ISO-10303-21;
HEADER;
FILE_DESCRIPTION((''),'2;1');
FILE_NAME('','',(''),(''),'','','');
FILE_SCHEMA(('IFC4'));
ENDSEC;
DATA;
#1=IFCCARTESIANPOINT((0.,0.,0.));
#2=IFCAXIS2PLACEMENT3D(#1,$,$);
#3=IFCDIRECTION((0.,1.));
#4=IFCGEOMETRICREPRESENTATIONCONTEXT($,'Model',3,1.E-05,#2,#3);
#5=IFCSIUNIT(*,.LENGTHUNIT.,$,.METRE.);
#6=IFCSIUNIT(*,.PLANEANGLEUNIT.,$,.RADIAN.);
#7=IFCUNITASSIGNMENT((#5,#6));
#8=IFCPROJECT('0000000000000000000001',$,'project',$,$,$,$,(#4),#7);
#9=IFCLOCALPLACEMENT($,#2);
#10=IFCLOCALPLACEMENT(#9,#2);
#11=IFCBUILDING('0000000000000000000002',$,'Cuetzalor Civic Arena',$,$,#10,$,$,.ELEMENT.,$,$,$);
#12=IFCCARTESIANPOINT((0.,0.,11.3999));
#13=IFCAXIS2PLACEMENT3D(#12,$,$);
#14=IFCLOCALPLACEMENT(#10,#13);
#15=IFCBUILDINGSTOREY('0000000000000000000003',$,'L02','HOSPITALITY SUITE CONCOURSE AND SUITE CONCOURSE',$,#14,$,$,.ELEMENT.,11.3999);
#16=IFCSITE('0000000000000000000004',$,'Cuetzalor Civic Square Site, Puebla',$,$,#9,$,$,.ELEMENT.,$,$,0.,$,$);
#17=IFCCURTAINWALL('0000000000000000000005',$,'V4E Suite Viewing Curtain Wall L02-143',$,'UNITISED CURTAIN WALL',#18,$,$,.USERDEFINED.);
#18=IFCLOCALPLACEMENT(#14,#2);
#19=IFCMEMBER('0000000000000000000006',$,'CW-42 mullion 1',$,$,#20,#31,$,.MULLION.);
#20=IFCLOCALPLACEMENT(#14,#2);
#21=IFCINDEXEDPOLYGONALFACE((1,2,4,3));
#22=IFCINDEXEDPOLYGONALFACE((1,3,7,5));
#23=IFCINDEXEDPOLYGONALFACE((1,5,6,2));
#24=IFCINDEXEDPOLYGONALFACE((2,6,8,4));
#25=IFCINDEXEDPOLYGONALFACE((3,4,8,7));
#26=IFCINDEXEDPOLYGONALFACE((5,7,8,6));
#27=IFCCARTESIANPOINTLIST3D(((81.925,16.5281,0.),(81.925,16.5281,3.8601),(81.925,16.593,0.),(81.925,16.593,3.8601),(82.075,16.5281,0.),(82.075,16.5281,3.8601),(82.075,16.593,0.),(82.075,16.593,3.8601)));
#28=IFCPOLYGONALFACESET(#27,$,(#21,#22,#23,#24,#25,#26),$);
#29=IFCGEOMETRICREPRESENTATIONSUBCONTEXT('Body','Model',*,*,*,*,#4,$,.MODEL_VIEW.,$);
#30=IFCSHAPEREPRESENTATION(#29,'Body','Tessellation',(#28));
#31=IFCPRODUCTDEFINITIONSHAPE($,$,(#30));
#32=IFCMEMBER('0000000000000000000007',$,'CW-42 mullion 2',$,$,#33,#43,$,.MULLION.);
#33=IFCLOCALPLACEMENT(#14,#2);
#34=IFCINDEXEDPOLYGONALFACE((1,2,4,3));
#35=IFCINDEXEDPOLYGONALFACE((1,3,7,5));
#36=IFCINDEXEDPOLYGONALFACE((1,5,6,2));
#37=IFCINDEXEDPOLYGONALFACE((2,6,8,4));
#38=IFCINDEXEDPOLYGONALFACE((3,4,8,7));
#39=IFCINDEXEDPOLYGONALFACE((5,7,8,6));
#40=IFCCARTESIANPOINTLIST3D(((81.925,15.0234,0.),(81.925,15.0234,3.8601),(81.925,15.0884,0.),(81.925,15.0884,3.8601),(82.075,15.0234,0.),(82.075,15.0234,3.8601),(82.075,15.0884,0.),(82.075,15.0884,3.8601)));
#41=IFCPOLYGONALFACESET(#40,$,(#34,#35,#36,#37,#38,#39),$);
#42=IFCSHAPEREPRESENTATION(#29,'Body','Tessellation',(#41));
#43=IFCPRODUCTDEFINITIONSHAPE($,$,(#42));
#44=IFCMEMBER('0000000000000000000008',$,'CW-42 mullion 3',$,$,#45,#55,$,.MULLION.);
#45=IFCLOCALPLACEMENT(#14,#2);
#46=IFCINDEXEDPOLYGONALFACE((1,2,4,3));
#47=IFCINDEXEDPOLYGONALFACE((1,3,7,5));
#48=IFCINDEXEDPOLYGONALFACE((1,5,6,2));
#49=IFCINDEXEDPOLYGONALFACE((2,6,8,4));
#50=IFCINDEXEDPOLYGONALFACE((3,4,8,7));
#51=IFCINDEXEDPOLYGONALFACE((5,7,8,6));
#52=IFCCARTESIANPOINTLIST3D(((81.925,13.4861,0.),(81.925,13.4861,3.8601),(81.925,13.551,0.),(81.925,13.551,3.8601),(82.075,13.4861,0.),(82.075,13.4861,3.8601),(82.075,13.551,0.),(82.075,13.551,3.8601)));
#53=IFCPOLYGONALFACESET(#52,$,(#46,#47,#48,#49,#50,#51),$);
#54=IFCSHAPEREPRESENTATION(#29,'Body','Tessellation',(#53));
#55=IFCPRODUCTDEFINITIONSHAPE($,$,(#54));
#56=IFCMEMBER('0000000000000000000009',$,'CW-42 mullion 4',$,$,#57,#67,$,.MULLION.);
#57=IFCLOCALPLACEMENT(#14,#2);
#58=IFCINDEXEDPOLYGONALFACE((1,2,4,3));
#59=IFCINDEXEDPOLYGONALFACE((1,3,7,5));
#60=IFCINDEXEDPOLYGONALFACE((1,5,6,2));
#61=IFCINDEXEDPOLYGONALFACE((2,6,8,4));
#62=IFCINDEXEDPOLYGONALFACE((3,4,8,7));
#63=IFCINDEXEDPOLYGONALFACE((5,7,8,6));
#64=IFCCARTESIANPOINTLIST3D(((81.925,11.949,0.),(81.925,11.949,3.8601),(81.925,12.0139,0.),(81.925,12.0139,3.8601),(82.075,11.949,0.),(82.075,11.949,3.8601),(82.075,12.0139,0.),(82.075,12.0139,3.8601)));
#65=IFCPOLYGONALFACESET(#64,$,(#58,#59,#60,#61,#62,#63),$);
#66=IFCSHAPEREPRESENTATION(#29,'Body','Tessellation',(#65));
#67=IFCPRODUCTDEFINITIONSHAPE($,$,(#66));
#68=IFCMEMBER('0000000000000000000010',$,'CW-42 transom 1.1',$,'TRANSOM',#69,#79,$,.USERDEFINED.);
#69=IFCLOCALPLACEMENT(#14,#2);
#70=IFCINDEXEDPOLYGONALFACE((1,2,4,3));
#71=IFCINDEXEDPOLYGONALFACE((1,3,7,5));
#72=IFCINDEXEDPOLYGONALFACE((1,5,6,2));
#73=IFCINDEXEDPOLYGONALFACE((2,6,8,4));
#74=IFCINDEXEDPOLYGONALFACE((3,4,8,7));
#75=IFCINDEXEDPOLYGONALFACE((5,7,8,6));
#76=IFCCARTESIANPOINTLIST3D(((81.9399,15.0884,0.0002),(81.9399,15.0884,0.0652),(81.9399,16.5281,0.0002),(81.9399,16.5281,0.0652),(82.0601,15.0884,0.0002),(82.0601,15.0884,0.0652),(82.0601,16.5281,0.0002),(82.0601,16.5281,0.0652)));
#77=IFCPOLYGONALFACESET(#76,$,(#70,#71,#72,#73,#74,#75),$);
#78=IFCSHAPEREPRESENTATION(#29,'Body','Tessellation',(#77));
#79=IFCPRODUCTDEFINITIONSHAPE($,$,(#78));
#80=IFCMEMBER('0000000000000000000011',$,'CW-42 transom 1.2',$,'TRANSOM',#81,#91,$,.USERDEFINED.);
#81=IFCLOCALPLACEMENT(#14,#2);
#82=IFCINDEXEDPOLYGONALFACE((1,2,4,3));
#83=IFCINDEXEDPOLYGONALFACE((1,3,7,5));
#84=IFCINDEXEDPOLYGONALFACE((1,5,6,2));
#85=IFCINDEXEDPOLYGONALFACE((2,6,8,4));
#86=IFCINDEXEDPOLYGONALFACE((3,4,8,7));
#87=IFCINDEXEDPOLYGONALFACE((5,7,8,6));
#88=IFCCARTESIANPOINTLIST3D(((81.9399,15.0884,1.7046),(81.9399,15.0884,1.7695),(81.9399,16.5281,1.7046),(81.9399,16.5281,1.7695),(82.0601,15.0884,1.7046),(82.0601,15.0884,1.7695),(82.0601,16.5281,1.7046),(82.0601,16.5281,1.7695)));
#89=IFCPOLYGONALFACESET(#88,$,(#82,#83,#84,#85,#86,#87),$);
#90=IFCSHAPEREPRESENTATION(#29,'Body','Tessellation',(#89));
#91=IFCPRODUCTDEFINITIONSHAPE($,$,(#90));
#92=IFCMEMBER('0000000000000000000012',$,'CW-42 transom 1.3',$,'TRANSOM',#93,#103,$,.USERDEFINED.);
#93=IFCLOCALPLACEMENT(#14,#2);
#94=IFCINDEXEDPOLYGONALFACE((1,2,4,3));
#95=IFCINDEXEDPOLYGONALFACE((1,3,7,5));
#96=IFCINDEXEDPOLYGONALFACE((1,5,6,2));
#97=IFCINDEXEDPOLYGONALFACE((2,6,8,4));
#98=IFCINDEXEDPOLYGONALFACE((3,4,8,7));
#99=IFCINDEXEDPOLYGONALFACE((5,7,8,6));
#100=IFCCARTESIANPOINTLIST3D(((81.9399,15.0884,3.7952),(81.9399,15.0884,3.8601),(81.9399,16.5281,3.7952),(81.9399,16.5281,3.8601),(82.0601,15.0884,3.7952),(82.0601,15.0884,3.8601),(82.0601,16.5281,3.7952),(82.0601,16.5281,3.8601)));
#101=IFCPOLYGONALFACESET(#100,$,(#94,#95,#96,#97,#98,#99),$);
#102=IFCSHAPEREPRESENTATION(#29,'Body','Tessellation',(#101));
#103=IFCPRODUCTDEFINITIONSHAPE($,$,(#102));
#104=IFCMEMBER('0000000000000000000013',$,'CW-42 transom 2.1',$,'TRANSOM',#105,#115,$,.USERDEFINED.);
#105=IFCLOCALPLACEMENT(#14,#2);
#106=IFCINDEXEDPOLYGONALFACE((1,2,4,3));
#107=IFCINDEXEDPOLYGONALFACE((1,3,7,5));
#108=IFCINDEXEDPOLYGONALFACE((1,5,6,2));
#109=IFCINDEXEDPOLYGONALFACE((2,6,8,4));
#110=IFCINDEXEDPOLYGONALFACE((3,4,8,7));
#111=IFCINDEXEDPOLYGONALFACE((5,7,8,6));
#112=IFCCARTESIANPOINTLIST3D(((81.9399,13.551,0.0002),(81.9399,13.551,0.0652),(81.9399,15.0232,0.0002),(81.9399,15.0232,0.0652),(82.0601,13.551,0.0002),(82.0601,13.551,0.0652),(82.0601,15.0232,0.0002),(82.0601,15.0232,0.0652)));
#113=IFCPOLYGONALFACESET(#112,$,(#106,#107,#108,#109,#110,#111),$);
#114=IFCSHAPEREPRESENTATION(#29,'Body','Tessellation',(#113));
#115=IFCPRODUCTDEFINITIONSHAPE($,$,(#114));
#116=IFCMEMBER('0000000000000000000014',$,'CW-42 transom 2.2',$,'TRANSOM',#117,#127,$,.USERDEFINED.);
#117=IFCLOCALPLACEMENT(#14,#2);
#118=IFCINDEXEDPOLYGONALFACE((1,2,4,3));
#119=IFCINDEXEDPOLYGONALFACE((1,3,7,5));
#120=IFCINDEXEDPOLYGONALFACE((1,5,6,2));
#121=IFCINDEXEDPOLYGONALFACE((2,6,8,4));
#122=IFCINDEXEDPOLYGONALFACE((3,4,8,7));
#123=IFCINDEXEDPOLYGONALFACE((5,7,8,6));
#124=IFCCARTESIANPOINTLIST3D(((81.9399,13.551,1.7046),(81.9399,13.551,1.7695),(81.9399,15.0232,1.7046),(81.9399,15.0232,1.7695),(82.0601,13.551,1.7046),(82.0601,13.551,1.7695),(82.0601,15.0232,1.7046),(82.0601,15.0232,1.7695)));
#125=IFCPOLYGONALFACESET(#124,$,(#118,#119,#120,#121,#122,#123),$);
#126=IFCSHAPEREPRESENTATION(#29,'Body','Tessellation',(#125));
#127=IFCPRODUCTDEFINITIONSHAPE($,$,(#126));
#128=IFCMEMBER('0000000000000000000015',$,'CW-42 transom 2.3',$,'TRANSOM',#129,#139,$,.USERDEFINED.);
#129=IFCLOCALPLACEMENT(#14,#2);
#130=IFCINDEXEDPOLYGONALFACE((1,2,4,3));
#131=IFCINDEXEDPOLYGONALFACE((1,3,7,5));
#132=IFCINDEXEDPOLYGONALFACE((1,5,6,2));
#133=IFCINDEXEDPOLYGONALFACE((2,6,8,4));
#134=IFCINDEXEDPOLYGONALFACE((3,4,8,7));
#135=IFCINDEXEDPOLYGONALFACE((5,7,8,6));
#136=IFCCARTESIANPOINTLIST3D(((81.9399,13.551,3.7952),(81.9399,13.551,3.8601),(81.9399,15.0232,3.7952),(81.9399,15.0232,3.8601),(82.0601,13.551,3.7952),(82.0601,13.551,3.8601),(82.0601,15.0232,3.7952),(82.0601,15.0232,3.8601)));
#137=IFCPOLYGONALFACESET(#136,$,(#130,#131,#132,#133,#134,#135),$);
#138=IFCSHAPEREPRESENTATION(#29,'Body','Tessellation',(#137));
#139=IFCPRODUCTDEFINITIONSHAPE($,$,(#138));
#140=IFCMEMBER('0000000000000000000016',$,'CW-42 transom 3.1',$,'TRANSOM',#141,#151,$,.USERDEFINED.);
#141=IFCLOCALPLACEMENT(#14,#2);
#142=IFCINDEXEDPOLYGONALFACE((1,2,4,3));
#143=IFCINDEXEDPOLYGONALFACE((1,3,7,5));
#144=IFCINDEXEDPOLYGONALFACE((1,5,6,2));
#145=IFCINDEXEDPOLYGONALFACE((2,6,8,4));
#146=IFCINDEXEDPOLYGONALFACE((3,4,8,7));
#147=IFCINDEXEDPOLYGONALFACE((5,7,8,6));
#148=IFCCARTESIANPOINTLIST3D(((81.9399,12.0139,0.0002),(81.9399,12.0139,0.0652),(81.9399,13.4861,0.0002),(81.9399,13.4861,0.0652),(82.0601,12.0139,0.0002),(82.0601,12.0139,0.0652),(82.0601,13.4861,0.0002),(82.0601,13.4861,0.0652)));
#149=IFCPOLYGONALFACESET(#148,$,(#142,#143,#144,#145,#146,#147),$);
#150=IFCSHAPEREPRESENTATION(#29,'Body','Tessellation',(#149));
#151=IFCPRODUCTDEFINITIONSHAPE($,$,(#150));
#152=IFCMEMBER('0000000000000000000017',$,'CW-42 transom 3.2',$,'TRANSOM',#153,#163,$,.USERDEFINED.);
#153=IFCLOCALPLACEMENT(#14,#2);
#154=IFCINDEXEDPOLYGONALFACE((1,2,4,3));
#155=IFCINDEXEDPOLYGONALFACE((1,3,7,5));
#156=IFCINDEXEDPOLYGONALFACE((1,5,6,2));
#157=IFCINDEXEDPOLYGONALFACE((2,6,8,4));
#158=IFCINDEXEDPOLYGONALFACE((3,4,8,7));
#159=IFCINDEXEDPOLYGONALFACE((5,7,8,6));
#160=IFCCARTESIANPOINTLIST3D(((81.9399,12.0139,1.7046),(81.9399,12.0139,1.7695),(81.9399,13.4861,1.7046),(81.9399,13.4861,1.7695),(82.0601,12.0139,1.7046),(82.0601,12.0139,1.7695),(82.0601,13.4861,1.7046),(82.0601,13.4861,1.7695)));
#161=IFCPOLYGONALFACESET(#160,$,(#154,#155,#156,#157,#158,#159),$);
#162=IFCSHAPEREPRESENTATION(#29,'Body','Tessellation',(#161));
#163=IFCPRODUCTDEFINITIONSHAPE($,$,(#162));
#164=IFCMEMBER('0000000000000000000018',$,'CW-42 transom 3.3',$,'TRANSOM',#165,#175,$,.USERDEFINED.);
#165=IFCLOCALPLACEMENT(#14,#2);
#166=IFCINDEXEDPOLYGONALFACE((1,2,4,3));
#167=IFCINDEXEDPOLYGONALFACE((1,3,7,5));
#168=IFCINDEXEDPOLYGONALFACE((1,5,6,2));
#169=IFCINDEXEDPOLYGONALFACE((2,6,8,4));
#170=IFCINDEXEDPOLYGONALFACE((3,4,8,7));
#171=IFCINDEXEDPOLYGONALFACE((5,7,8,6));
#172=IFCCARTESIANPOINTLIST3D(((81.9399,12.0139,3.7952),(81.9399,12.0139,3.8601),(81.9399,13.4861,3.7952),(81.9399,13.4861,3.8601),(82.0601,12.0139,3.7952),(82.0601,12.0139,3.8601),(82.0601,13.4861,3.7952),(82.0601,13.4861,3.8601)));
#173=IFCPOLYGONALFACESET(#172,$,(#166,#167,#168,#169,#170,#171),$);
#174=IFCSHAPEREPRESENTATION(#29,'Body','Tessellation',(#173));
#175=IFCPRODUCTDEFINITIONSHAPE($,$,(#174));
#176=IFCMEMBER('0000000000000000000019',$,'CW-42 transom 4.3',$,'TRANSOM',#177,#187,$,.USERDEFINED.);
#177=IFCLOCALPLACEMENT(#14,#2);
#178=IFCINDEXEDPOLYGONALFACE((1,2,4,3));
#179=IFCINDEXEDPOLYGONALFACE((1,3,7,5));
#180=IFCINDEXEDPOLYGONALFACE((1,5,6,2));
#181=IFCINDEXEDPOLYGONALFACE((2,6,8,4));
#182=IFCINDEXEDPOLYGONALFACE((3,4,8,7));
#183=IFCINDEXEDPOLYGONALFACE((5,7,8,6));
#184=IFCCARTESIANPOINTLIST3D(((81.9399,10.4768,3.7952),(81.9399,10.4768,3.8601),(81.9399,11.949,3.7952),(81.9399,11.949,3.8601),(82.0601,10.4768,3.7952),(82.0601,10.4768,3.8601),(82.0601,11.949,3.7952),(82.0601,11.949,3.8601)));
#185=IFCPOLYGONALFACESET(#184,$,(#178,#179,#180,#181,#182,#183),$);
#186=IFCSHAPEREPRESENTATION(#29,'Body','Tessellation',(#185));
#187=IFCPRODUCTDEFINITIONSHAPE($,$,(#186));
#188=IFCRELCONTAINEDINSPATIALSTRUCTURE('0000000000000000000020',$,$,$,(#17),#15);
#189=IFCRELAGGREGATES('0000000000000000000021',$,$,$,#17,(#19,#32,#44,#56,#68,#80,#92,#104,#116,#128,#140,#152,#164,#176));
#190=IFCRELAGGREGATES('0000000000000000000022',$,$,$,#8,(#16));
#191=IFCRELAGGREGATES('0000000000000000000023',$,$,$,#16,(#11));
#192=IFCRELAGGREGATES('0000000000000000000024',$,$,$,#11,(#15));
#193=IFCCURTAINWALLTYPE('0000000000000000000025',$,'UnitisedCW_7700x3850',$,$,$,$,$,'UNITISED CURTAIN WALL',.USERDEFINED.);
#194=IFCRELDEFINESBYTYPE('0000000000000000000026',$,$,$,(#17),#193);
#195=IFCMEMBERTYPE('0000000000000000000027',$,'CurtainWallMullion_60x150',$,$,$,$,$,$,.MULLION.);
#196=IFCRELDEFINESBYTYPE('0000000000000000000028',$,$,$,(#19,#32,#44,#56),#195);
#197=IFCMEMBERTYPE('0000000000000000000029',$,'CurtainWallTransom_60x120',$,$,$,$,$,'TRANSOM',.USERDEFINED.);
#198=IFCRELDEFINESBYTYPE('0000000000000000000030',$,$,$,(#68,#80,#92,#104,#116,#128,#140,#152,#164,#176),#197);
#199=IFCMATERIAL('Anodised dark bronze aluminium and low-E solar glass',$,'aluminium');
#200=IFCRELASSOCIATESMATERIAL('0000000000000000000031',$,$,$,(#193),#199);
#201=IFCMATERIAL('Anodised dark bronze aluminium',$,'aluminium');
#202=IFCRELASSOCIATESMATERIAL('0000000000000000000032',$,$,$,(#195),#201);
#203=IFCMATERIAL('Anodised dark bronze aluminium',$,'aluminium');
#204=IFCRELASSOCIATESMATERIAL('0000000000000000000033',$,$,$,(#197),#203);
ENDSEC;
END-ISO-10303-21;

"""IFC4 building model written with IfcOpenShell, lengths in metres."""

from ifc_helpers import new_model, si_unit, direction, frame, origin, origin_2d, place, context, subcontext, project, spatial, rectangle, extrude, material, material_profile, profile_set, type_object, element, aggregate, save


model = new_model("IFC4")

# Units and contexts
model_context = context("Model", 3, precision=1e-05, world=origin(), true_north=direction((0.0, 1.0)))
body_context = subcontext(model_context, "Body", "Model", "MODEL_VIEW")
ifc_project = project(units=[si_unit("LENGTHUNIT", "METRE"), si_unit("PLANEANGLEUNIT", "RADIAN")], contexts=[model_context])

# Site, building, storey
site_placement = place(None, origin())
site = spatial("IfcSite", under=ifc_project, at=site_placement, Name="Cuetzalor Civic Square Site, Puebla", CompositionType="ELEMENT", RefElevation=0.0)
building_placement = place(site_placement, origin())
building = spatial("IfcBuilding", under=site, at=building_placement, Name="Cuetzalor Civic Arena", CompositionType="ELEMENT")
storey_placement = place(building_placement, frame((0.0, 0.0, 11.3999)))
storey = spatial("IfcBuildingStorey", under=building, at=storey_placement, Name="L02", Description="HOSPITALITY SUITE CONCOURSE AND SUITE CONCOURSE", CompositionType="ELEMENT", Elevation=11.3999)

# Curtain wall, members
ifc_material_1 = material(Name="Anodised dark bronze aluminium and low-E solar glass", Category="aluminium")
curtain_wall_type = type_object("IfcCurtainWallType", Name="UnitisedCW_7700x3850", ElementType="UNITISED CURTAIN WALL", PredefinedType="USERDEFINED", material=ifc_material_1)
curtain_wall_placement = place(storey_placement, origin())
curtain_wall = element("IfcCurtainWall", 1, at=curtain_wall_placement, inside=storey, type_object=curtain_wall_type, Name="V4E Suite Viewing Curtain Wall L02-143", ObjectType="UNITISED CURTAIN WALL", PredefinedType="USERDEFINED")
ifc_material_2 = material(Name="Anodised dark bronze aluminium", Category="aluminium")
ifc_material_profile_1 = material_profile(ifc_material_2, rectangle(XDim=0.0649, YDim=0.1499, at=origin_2d()), Name="ALU MULLION 65x150")
ifc_profile_set_1 = profile_set([ifc_material_profile_1], Name="Anodised dark bronze aluminium")
member_type_1 = type_object("IfcMemberType", Name="CurtainWallMullion_60x150", PredefinedType="MULLION", material=ifc_profile_set_1)
member_1_placement = place(storey_placement, frame((82.0, 16.5605, 0.0), z_axis=(0.0, 0.0, 1.0), x_axis=(0.0, -1.0, 0.0)))
member_1 = element("IfcMember", 2, at=member_1_placement, type_object=member_type_1, Name="CW-42 mullion 1", PredefinedType="MULLION", context=body_context, shape_type="SweptSolid", body=[
    extrude(rectangle(XDim=0.0649, YDim=0.1499, at=origin_2d()), origin(), (0.0, 0.0, 1.0), 3.8601),
])
member_2_placement = place(storey_placement, frame((82.0, 15.0559, 0.0), z_axis=(0.0, 0.0, 1.0), x_axis=(0.0, -1.0, 0.0)))
member_2 = element("IfcMember", 3, at=member_2_placement, type_object=member_type_1, Name="CW-42 mullion 2", PredefinedType="MULLION", context=body_context, shape_type="SweptSolid", body=[
    extrude(rectangle(XDim=0.0649, YDim=0.1499, at=origin_2d()), origin(), (0.0, 0.0, 1.0), 3.8601),
])
member_3_placement = place(storey_placement, frame((82.0, 13.5186, 0.0), z_axis=(0.0, 0.0, 1.0), x_axis=(0.0, -1.0, 0.0)))
member_3 = element("IfcMember", 4, at=member_3_placement, type_object=member_type_1, Name="CW-42 mullion 3", PredefinedType="MULLION", context=body_context, shape_type="SweptSolid", body=[
    extrude(rectangle(XDim=0.0649, YDim=0.1499, at=origin_2d()), origin(), (0.0, 0.0, 1.0), 3.8601),
])
member_4_placement = place(storey_placement, frame((82.0, 11.9814, 0.0), z_axis=(0.0, 0.0, 1.0), x_axis=(0.0, -1.0, 0.0)))
member_4 = element("IfcMember", 5, at=member_4_placement, type_object=member_type_1, Name="CW-42 mullion 4", PredefinedType="MULLION", context=body_context, shape_type="SweptSolid", body=[
    extrude(rectangle(XDim=0.0649, YDim=0.1499, at=origin_2d()), origin(), (0.0, 0.0, 1.0), 3.8601),
])
ifc_material_3 = material(Name="Anodised dark bronze aluminium", Category="aluminium")
ifc_material_profile_2 = material_profile(ifc_material_3, rectangle(XDim=0.1201, YDim=0.0649, at=origin_2d()), Name="ALU TRANSOM 65x120")
ifc_profile_set_2 = profile_set([ifc_material_profile_2], Name="Anodised dark bronze aluminium")
member_type_2 = type_object("IfcMemberType", Name="CurtainWallTransom_60x120", ElementType="TRANSOM", PredefinedType="USERDEFINED", material=ifc_profile_set_2)
member_5_placement = place(storey_placement, frame((82.0, 16.5281, 0.0327), z_axis=(0.0, -1.0, 0.0), x_axis=(1.0, 0.0, 0.0)))
member_5 = element("IfcMember", 6, at=member_5_placement, type_object=member_type_2, Name="CW-42 transom 1.1", ObjectType="TRANSOM", PredefinedType="USERDEFINED", context=body_context, shape_type="SweptSolid", body=[
    extrude(rectangle(XDim=0.1201, YDim=0.0649, at=origin_2d()), origin(), (0.0, 0.0, 1.0), 1.4397),
])
member_6_placement = place(storey_placement, frame((82.0, 16.5281, 1.7371), z_axis=(0.0, -1.0, 0.0), x_axis=(1.0, 0.0, 0.0)))
member_6 = element("IfcMember", 7, at=member_6_placement, type_object=member_type_2, Name="CW-42 transom 1.2", ObjectType="TRANSOM", PredefinedType="USERDEFINED", context=body_context, shape_type="SweptSolid", body=[
    extrude(rectangle(XDim=0.1201, YDim=0.0649, at=origin_2d()), origin(), (0.0, 0.0, 1.0), 1.4397),
])
member_7_placement = place(storey_placement, frame((82.0, 16.5281, 3.8276), z_axis=(0.0, -1.0, 0.0), x_axis=(1.0, 0.0, 0.0)))
member_7 = element("IfcMember", 8, at=member_7_placement, type_object=member_type_2, Name="CW-42 transom 1.3", ObjectType="TRANSOM", PredefinedType="USERDEFINED", context=body_context, shape_type="SweptSolid", body=[
    extrude(rectangle(XDim=0.1201, YDim=0.0649, at=origin_2d()), origin(), (0.0, 0.0, 1.0), 1.4397),
])
member_8_placement = place(storey_placement, frame((82.0, 15.0232, 0.0327), z_axis=(0.0, -1.0, 0.0), x_axis=(1.0, 0.0, 0.0)))
member_8 = element("IfcMember", 9, at=member_8_placement, type_object=member_type_2, Name="CW-42 transom 2.1", ObjectType="TRANSOM", PredefinedType="USERDEFINED", context=body_context, shape_type="SweptSolid", body=[
    extrude(rectangle(XDim=0.1201, YDim=0.0649, at=origin_2d()), origin(), (0.0, 0.0, 1.0), 1.4722),
])
member_9_placement = place(storey_placement, frame((82.0, 15.0232, 1.7371), z_axis=(0.0, -1.0, 0.0), x_axis=(1.0, 0.0, 0.0)))
member_9 = element("IfcMember", 10, at=member_9_placement, type_object=member_type_2, Name="CW-42 transom 2.2", ObjectType="TRANSOM", PredefinedType="USERDEFINED", context=body_context, shape_type="SweptSolid", body=[
    extrude(rectangle(XDim=0.1201, YDim=0.0649, at=origin_2d()), origin(), (0.0, 0.0, 1.0), 1.4722),
])
member_10_placement = place(storey_placement, frame((82.0, 15.0232, 3.8276), z_axis=(0.0, -1.0, 0.0), x_axis=(1.0, 0.0, 0.0)))
member_10 = element("IfcMember", 11, at=member_10_placement, type_object=member_type_2, Name="CW-42 transom 2.3", ObjectType="TRANSOM", PredefinedType="USERDEFINED", context=body_context, shape_type="SweptSolid", body=[
    extrude(rectangle(XDim=0.1201, YDim=0.0649, at=origin_2d()), origin(), (0.0, 0.0, 1.0), 1.4722),
])
member_11_placement = place(storey_placement, frame((82.0, 13.4861, 0.0327), z_axis=(0.0, -1.0, 0.0), x_axis=(1.0, 0.0, 0.0)))
member_11 = element("IfcMember", 12, at=member_11_placement, type_object=member_type_2, Name="CW-42 transom 3.1", ObjectType="TRANSOM", PredefinedType="USERDEFINED", context=body_context, shape_type="SweptSolid", body=[
    extrude(rectangle(XDim=0.1201, YDim=0.0649, at=origin_2d()), origin(), (0.0, 0.0, 1.0), 1.4722),
])
member_12_placement = place(storey_placement, frame((82.0, 13.4861, 1.7371), z_axis=(0.0, -1.0, 0.0), x_axis=(1.0, 0.0, 0.0)))
member_12 = element("IfcMember", 13, at=member_12_placement, type_object=member_type_2, Name="CW-42 transom 3.2", ObjectType="TRANSOM", PredefinedType="USERDEFINED", context=body_context, shape_type="SweptSolid", body=[
    extrude(rectangle(XDim=0.1201, YDim=0.0649, at=origin_2d()), origin(), (0.0, 0.0, 1.0), 1.4722),
])
member_13_placement = place(storey_placement, frame((82.0, 13.4861, 3.8276), z_axis=(0.0, -1.0, 0.0), x_axis=(1.0, 0.0, 0.0)))
member_13 = element("IfcMember", 14, at=member_13_placement, type_object=member_type_2, Name="CW-42 transom 3.3", ObjectType="TRANSOM", PredefinedType="USERDEFINED", context=body_context, shape_type="SweptSolid", body=[
    extrude(rectangle(XDim=0.1201, YDim=0.0649, at=origin_2d()), origin(), (0.0, 0.0, 1.0), 1.4722),
])
member_14_placement = place(storey_placement, frame((82.0, 11.949, 3.8276), z_axis=(0.0, -1.0, 0.0), x_axis=(1.0, 0.0, 0.0)))
member_14 = element("IfcMember", 15, at=member_14_placement, type_object=member_type_2, Name="CW-42 transom 4.3", ObjectType="TRANSOM", PredefinedType="USERDEFINED", context=body_context, shape_type="SweptSolid", body=[
    extrude(rectangle(XDim=0.1201, YDim=0.0649, at=origin_2d()), origin(), (0.0, 0.0, 1.0), 1.4722),
])
aggregate(curtain_wall, [member_1, member_2, member_3, member_4, member_5, member_6, member_7, member_8, member_9, member_10, member_11, member_12, member_13, member_14])

save(model, "model.ifc")
